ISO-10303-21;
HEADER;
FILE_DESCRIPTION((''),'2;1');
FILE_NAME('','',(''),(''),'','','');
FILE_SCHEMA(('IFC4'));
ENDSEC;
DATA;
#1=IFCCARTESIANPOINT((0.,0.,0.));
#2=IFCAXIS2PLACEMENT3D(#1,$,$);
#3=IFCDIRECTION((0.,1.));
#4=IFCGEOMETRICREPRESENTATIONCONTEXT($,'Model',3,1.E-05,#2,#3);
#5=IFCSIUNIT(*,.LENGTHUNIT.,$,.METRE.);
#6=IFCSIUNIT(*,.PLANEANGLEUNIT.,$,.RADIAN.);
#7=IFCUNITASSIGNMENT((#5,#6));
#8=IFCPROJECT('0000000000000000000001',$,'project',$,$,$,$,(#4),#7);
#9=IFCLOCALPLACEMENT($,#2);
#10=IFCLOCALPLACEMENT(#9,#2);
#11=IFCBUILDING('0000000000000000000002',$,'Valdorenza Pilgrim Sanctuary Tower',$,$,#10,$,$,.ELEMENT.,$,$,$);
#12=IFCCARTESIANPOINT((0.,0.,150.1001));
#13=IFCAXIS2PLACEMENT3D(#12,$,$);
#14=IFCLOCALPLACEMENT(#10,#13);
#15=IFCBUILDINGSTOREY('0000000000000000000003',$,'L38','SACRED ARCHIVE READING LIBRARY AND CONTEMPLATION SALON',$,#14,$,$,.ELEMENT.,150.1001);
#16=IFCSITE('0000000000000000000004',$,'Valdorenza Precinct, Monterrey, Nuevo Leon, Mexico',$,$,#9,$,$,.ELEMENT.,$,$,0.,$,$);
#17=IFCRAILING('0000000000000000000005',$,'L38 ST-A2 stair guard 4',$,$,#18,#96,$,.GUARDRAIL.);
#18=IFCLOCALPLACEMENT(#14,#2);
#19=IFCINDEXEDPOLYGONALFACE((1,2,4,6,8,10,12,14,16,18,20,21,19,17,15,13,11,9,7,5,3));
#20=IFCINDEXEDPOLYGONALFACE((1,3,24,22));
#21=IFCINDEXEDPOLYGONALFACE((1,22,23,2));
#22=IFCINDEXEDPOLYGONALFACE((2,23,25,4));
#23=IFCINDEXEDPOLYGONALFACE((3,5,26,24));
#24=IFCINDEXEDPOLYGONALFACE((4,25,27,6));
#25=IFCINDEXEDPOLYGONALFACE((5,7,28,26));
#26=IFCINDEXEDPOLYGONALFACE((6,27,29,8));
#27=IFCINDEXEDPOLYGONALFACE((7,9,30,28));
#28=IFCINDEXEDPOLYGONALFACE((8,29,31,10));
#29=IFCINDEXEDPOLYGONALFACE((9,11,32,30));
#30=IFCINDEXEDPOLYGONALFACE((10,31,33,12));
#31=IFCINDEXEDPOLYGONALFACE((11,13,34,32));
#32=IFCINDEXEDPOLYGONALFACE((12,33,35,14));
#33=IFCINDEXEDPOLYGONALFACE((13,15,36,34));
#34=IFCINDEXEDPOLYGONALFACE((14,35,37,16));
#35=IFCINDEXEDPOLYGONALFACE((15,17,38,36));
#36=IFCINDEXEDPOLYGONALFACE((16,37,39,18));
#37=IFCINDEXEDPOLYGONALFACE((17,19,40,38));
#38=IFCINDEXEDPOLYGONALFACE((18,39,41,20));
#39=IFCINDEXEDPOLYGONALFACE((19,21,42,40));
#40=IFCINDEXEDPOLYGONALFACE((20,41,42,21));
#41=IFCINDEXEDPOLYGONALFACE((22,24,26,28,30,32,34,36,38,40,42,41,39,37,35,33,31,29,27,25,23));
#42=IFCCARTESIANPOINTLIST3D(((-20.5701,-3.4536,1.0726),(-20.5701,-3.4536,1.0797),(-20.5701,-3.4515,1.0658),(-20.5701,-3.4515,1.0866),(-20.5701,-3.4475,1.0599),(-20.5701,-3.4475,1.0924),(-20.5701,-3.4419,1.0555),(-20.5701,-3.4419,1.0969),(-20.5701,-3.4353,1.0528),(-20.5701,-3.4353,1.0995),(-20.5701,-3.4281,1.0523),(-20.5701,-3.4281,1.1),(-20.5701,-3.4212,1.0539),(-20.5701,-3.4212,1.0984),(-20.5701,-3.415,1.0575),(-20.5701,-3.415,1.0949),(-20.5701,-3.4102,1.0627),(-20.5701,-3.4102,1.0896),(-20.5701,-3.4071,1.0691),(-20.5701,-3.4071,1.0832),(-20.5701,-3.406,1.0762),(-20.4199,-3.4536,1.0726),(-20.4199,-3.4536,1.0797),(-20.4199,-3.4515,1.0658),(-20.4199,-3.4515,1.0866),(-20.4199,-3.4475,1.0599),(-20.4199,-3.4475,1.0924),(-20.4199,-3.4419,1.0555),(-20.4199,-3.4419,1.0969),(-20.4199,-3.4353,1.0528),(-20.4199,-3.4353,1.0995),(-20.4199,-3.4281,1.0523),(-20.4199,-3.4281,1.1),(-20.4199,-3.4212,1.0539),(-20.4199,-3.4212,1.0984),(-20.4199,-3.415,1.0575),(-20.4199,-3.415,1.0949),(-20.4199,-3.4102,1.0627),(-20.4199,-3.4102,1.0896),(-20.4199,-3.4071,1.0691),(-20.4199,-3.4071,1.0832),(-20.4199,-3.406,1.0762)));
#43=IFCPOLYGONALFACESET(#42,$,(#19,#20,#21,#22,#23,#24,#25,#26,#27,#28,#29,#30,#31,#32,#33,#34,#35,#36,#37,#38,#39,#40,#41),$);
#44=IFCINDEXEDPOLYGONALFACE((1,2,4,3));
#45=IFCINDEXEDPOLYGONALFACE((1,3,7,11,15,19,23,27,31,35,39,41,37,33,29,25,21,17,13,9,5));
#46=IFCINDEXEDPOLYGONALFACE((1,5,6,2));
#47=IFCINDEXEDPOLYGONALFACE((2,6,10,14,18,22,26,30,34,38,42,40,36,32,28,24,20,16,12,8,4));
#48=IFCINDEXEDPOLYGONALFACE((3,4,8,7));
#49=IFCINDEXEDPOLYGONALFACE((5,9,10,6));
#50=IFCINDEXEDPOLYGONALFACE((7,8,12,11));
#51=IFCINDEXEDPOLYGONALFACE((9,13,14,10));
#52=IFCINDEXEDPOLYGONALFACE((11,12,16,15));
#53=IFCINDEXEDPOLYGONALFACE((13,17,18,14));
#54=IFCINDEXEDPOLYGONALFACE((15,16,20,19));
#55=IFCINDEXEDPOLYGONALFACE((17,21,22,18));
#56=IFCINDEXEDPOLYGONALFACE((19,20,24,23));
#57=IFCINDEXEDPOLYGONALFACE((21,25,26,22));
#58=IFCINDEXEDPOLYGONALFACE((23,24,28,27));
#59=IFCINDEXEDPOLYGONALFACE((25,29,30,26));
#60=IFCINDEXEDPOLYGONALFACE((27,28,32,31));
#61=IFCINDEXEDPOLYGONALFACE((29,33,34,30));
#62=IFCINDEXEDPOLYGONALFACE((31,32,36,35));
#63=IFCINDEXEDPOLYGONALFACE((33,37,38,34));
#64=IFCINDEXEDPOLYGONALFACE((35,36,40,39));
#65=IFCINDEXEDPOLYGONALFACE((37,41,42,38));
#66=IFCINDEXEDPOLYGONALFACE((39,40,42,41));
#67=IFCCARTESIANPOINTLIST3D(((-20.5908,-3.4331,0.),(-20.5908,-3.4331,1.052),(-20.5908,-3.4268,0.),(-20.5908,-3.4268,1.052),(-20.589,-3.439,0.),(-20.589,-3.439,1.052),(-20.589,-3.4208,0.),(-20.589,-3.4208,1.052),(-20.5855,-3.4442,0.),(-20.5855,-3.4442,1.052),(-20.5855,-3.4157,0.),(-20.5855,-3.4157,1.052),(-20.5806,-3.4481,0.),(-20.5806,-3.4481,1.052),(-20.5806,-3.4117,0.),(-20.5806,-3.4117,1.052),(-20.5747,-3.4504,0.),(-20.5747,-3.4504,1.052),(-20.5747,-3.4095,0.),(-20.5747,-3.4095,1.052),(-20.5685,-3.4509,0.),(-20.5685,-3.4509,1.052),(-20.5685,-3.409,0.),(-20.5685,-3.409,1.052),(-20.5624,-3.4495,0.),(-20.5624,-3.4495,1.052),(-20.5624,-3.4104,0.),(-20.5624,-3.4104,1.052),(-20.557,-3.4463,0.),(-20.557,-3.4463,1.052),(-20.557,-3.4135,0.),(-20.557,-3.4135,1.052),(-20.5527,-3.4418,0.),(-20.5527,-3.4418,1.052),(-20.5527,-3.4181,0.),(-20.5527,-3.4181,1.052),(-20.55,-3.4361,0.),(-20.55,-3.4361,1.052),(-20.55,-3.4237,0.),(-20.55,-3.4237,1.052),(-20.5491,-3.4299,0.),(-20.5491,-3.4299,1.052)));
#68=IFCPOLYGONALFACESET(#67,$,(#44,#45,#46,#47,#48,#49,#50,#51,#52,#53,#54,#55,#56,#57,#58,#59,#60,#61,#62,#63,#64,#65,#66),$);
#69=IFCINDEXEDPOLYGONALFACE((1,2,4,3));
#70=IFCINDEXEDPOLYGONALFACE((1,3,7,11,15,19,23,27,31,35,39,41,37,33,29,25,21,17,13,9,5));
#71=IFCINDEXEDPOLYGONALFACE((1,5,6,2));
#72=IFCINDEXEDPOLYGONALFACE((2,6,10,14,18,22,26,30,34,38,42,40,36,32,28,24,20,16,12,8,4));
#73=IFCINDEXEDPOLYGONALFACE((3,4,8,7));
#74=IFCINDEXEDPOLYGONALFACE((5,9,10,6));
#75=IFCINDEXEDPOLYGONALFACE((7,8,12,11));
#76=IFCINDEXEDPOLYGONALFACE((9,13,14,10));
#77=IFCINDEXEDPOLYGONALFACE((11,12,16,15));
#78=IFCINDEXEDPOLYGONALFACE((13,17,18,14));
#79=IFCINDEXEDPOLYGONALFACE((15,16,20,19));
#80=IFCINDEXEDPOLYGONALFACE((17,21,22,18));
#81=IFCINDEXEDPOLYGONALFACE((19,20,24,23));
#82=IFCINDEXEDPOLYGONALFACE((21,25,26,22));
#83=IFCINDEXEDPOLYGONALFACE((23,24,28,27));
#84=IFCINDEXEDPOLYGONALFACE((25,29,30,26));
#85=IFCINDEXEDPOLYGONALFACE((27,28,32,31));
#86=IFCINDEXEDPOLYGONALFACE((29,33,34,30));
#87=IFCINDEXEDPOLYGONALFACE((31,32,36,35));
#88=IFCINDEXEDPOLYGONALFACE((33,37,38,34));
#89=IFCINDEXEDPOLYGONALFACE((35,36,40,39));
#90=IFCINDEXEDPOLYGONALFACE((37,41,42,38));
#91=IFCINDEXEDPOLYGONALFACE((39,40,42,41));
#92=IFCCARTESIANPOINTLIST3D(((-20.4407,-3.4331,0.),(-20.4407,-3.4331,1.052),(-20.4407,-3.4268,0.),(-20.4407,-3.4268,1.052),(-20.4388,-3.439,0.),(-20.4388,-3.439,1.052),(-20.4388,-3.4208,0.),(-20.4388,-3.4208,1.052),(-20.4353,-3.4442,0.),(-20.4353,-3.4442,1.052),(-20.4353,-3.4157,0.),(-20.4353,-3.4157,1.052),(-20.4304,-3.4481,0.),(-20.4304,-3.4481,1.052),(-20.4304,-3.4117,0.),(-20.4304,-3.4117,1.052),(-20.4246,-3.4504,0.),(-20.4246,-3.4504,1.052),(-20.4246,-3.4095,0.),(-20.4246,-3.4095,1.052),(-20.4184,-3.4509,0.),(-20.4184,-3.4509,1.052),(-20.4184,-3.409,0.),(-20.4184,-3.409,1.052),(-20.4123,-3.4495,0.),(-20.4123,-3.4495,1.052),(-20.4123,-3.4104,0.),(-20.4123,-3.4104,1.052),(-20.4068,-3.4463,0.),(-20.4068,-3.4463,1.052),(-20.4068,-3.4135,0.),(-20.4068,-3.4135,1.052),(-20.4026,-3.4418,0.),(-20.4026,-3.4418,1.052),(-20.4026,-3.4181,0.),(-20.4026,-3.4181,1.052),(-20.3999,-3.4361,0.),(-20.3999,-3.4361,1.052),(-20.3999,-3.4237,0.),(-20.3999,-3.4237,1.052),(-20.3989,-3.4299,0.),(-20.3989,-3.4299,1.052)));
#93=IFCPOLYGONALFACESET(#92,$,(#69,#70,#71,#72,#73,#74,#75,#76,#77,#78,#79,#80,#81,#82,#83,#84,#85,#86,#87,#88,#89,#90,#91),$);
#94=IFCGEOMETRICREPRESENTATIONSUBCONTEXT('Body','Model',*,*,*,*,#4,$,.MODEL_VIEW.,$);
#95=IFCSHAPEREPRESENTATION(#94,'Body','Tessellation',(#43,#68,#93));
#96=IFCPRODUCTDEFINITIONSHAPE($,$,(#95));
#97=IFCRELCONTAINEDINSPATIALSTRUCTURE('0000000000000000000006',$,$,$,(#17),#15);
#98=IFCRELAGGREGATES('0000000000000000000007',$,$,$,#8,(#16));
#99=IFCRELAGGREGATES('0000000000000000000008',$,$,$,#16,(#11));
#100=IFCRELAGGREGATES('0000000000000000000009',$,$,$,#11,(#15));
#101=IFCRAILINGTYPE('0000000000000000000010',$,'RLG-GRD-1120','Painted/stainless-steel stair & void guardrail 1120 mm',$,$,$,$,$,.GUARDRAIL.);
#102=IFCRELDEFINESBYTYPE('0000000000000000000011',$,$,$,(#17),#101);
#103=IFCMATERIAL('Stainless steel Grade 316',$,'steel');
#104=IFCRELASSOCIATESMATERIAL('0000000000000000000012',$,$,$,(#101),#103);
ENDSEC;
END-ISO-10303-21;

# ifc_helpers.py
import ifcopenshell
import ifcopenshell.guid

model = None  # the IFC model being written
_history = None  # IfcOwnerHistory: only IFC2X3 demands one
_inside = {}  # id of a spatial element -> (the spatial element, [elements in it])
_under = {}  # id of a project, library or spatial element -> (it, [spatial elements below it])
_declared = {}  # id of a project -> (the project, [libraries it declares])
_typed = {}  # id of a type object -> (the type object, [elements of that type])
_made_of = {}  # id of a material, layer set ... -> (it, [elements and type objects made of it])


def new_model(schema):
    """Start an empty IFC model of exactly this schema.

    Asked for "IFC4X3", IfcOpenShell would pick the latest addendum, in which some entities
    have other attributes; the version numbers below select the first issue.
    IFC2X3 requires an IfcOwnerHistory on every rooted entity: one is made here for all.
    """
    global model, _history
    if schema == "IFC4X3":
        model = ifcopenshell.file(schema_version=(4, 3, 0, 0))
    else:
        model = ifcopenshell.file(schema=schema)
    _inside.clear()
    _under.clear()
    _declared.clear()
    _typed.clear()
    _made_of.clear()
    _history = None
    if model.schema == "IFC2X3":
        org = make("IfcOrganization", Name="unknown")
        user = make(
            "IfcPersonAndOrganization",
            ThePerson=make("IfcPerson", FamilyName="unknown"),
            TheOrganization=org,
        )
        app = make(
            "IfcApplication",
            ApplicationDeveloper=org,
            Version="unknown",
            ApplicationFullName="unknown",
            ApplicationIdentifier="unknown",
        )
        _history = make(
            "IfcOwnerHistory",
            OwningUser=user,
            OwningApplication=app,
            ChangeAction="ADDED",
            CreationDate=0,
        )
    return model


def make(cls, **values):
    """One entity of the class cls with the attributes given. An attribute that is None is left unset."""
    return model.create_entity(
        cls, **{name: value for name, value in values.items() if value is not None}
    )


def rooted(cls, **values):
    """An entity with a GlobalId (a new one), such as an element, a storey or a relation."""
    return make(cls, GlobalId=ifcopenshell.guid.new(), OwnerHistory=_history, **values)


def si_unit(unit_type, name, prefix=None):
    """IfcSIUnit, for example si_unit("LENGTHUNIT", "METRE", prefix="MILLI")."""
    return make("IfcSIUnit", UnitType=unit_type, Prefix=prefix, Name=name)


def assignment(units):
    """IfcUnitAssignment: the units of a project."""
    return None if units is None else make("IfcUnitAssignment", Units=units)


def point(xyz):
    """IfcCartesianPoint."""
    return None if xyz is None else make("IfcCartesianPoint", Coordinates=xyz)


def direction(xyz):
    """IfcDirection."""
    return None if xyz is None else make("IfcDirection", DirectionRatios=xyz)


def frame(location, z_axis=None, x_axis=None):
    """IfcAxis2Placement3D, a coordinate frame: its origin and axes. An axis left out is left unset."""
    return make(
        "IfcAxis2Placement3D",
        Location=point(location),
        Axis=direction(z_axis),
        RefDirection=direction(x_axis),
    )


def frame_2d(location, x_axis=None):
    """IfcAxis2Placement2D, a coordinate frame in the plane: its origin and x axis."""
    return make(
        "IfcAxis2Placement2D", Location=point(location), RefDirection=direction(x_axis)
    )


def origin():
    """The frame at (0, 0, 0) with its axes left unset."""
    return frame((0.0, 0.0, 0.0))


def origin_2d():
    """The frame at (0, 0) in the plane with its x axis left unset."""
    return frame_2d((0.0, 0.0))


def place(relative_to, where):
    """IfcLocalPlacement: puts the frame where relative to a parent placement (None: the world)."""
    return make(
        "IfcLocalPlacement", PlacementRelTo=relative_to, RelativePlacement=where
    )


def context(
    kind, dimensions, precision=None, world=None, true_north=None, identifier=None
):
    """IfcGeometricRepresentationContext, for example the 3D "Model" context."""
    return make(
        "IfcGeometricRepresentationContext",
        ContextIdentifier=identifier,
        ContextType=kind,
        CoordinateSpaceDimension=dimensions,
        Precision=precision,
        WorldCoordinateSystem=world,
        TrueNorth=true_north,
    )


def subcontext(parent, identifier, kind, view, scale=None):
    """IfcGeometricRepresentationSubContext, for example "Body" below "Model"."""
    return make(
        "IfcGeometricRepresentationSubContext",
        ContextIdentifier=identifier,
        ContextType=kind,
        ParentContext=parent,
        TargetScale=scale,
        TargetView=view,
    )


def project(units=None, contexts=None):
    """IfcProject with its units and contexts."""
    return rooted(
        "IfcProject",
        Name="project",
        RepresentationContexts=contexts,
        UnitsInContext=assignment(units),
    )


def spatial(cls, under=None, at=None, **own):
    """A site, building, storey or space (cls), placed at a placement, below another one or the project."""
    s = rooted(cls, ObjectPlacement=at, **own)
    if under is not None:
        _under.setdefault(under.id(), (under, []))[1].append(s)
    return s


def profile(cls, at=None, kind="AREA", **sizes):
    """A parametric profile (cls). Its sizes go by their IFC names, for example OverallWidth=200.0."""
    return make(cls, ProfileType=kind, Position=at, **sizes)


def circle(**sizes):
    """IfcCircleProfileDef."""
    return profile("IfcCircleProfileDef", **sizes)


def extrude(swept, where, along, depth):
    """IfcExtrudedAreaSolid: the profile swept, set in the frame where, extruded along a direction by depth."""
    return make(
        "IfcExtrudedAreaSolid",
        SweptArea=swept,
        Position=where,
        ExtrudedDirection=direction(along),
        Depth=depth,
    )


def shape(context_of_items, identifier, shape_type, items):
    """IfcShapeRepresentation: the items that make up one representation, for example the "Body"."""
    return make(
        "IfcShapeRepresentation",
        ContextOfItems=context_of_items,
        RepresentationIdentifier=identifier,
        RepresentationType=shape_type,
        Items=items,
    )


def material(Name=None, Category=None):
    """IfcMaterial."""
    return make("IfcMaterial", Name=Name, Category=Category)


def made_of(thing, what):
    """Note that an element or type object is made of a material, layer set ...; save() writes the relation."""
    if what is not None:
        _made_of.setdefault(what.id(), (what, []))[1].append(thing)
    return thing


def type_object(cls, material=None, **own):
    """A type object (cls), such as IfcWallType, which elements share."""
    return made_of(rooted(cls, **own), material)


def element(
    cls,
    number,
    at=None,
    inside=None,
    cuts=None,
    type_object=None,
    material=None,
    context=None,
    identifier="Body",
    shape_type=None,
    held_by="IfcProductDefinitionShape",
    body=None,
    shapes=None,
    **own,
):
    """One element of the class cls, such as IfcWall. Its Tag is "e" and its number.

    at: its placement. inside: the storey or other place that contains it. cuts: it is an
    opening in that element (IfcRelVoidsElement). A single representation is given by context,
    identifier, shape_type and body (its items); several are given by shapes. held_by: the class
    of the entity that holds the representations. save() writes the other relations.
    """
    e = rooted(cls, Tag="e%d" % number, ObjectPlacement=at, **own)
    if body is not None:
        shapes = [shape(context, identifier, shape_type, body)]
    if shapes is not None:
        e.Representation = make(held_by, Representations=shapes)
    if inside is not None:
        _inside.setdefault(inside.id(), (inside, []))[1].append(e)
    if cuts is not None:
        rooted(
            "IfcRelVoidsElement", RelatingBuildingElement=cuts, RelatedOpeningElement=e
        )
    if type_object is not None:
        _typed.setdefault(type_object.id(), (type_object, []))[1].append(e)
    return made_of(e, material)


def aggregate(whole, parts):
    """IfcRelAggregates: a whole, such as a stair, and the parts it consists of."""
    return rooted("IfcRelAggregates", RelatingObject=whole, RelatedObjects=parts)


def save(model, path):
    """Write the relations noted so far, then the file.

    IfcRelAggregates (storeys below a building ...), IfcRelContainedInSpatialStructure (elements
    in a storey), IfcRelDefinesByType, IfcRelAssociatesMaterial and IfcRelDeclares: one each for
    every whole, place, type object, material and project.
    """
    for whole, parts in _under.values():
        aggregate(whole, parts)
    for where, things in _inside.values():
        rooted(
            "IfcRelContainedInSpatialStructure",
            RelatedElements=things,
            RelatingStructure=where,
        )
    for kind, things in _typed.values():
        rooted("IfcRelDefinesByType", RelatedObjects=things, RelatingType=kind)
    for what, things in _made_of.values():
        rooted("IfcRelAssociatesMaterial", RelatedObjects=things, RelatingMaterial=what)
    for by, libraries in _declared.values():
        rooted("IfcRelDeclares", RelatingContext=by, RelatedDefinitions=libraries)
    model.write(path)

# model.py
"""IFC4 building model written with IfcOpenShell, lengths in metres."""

from ifc_helpers import new_model, si_unit, direction, frame, origin, origin_2d, place, context, subcontext, project, spatial, circle, extrude, material, type_object, element, save


model = new_model("IFC4")

# Units and contexts
model_context = context("Model", 3, precision=1e-05, world=origin(), true_north=direction((0.0, 1.0)))
body_context = subcontext(model_context, "Body", "Model", "MODEL_VIEW")
ifc_project = project(units=[si_unit("LENGTHUNIT", "METRE"), si_unit("PLANEANGLEUNIT", "RADIAN")], contexts=[model_context])

# Site, building, storey
site_placement = place(None, origin())
site = spatial("IfcSite", under=ifc_project, at=site_placement, Name="Valdorenza Precinct, Monterrey, Nuevo Leon, Mexico", CompositionType="ELEMENT", RefElevation=0.0)
building_placement = place(site_placement, origin())
building = spatial("IfcBuilding", under=site, at=building_placement, Name="Valdorenza Pilgrim Sanctuary Tower", CompositionType="ELEMENT")
storey_placement = place(building_placement, frame((0.0, 0.0, 150.1001)))
storey = spatial("IfcBuildingStorey", under=building, at=storey_placement, Name="L38", Description="SACRED ARCHIVE READING LIBRARY AND CONTEMPLATION SALON", CompositionType="ELEMENT", Elevation=150.1001)

# Railing
ifc_material_1 = material(Name="Stainless steel Grade 316", Category="steel")
railing_type_1 = type_object("IfcRailingType", Name="RLG-GRD-1120", Description="Painted/stainless-steel stair & void guardrail 1120 mm", PredefinedType="GUARDRAIL", material=ifc_material_1)
railing_1_placement = place(storey_placement, frame((-20.5701, -3.4299, 0.0)))
element("IfcRailing", 1, at=railing_1_placement, inside=storey, type_object=railing_type_1, Name="L38 ST-A2 stair guard 4", PredefinedType="GUARDRAIL", context=body_context, shape_type="SweptSolid", body=[
    extrude(circle(Radius=0.0239, at=origin_2d()), frame((0.0, 0.0, 1.0762), z_axis=(1.0, 0.0, 0.0), x_axis=(0.0, 1.0, 0.0)), (0.0, 0.0, 1.0), 0.1501),
    extrude(circle(Radius=0.021, at=origin_2d()), origin(), (0.0, 0.0, 1.0), 1.052),
    extrude(circle(Radius=0.021, at=origin_2d()), frame((0.1501, 0.0, 0.0)), (0.0, 0.0, 1.0), 1.052),
])

save(model, "model.ifc")
